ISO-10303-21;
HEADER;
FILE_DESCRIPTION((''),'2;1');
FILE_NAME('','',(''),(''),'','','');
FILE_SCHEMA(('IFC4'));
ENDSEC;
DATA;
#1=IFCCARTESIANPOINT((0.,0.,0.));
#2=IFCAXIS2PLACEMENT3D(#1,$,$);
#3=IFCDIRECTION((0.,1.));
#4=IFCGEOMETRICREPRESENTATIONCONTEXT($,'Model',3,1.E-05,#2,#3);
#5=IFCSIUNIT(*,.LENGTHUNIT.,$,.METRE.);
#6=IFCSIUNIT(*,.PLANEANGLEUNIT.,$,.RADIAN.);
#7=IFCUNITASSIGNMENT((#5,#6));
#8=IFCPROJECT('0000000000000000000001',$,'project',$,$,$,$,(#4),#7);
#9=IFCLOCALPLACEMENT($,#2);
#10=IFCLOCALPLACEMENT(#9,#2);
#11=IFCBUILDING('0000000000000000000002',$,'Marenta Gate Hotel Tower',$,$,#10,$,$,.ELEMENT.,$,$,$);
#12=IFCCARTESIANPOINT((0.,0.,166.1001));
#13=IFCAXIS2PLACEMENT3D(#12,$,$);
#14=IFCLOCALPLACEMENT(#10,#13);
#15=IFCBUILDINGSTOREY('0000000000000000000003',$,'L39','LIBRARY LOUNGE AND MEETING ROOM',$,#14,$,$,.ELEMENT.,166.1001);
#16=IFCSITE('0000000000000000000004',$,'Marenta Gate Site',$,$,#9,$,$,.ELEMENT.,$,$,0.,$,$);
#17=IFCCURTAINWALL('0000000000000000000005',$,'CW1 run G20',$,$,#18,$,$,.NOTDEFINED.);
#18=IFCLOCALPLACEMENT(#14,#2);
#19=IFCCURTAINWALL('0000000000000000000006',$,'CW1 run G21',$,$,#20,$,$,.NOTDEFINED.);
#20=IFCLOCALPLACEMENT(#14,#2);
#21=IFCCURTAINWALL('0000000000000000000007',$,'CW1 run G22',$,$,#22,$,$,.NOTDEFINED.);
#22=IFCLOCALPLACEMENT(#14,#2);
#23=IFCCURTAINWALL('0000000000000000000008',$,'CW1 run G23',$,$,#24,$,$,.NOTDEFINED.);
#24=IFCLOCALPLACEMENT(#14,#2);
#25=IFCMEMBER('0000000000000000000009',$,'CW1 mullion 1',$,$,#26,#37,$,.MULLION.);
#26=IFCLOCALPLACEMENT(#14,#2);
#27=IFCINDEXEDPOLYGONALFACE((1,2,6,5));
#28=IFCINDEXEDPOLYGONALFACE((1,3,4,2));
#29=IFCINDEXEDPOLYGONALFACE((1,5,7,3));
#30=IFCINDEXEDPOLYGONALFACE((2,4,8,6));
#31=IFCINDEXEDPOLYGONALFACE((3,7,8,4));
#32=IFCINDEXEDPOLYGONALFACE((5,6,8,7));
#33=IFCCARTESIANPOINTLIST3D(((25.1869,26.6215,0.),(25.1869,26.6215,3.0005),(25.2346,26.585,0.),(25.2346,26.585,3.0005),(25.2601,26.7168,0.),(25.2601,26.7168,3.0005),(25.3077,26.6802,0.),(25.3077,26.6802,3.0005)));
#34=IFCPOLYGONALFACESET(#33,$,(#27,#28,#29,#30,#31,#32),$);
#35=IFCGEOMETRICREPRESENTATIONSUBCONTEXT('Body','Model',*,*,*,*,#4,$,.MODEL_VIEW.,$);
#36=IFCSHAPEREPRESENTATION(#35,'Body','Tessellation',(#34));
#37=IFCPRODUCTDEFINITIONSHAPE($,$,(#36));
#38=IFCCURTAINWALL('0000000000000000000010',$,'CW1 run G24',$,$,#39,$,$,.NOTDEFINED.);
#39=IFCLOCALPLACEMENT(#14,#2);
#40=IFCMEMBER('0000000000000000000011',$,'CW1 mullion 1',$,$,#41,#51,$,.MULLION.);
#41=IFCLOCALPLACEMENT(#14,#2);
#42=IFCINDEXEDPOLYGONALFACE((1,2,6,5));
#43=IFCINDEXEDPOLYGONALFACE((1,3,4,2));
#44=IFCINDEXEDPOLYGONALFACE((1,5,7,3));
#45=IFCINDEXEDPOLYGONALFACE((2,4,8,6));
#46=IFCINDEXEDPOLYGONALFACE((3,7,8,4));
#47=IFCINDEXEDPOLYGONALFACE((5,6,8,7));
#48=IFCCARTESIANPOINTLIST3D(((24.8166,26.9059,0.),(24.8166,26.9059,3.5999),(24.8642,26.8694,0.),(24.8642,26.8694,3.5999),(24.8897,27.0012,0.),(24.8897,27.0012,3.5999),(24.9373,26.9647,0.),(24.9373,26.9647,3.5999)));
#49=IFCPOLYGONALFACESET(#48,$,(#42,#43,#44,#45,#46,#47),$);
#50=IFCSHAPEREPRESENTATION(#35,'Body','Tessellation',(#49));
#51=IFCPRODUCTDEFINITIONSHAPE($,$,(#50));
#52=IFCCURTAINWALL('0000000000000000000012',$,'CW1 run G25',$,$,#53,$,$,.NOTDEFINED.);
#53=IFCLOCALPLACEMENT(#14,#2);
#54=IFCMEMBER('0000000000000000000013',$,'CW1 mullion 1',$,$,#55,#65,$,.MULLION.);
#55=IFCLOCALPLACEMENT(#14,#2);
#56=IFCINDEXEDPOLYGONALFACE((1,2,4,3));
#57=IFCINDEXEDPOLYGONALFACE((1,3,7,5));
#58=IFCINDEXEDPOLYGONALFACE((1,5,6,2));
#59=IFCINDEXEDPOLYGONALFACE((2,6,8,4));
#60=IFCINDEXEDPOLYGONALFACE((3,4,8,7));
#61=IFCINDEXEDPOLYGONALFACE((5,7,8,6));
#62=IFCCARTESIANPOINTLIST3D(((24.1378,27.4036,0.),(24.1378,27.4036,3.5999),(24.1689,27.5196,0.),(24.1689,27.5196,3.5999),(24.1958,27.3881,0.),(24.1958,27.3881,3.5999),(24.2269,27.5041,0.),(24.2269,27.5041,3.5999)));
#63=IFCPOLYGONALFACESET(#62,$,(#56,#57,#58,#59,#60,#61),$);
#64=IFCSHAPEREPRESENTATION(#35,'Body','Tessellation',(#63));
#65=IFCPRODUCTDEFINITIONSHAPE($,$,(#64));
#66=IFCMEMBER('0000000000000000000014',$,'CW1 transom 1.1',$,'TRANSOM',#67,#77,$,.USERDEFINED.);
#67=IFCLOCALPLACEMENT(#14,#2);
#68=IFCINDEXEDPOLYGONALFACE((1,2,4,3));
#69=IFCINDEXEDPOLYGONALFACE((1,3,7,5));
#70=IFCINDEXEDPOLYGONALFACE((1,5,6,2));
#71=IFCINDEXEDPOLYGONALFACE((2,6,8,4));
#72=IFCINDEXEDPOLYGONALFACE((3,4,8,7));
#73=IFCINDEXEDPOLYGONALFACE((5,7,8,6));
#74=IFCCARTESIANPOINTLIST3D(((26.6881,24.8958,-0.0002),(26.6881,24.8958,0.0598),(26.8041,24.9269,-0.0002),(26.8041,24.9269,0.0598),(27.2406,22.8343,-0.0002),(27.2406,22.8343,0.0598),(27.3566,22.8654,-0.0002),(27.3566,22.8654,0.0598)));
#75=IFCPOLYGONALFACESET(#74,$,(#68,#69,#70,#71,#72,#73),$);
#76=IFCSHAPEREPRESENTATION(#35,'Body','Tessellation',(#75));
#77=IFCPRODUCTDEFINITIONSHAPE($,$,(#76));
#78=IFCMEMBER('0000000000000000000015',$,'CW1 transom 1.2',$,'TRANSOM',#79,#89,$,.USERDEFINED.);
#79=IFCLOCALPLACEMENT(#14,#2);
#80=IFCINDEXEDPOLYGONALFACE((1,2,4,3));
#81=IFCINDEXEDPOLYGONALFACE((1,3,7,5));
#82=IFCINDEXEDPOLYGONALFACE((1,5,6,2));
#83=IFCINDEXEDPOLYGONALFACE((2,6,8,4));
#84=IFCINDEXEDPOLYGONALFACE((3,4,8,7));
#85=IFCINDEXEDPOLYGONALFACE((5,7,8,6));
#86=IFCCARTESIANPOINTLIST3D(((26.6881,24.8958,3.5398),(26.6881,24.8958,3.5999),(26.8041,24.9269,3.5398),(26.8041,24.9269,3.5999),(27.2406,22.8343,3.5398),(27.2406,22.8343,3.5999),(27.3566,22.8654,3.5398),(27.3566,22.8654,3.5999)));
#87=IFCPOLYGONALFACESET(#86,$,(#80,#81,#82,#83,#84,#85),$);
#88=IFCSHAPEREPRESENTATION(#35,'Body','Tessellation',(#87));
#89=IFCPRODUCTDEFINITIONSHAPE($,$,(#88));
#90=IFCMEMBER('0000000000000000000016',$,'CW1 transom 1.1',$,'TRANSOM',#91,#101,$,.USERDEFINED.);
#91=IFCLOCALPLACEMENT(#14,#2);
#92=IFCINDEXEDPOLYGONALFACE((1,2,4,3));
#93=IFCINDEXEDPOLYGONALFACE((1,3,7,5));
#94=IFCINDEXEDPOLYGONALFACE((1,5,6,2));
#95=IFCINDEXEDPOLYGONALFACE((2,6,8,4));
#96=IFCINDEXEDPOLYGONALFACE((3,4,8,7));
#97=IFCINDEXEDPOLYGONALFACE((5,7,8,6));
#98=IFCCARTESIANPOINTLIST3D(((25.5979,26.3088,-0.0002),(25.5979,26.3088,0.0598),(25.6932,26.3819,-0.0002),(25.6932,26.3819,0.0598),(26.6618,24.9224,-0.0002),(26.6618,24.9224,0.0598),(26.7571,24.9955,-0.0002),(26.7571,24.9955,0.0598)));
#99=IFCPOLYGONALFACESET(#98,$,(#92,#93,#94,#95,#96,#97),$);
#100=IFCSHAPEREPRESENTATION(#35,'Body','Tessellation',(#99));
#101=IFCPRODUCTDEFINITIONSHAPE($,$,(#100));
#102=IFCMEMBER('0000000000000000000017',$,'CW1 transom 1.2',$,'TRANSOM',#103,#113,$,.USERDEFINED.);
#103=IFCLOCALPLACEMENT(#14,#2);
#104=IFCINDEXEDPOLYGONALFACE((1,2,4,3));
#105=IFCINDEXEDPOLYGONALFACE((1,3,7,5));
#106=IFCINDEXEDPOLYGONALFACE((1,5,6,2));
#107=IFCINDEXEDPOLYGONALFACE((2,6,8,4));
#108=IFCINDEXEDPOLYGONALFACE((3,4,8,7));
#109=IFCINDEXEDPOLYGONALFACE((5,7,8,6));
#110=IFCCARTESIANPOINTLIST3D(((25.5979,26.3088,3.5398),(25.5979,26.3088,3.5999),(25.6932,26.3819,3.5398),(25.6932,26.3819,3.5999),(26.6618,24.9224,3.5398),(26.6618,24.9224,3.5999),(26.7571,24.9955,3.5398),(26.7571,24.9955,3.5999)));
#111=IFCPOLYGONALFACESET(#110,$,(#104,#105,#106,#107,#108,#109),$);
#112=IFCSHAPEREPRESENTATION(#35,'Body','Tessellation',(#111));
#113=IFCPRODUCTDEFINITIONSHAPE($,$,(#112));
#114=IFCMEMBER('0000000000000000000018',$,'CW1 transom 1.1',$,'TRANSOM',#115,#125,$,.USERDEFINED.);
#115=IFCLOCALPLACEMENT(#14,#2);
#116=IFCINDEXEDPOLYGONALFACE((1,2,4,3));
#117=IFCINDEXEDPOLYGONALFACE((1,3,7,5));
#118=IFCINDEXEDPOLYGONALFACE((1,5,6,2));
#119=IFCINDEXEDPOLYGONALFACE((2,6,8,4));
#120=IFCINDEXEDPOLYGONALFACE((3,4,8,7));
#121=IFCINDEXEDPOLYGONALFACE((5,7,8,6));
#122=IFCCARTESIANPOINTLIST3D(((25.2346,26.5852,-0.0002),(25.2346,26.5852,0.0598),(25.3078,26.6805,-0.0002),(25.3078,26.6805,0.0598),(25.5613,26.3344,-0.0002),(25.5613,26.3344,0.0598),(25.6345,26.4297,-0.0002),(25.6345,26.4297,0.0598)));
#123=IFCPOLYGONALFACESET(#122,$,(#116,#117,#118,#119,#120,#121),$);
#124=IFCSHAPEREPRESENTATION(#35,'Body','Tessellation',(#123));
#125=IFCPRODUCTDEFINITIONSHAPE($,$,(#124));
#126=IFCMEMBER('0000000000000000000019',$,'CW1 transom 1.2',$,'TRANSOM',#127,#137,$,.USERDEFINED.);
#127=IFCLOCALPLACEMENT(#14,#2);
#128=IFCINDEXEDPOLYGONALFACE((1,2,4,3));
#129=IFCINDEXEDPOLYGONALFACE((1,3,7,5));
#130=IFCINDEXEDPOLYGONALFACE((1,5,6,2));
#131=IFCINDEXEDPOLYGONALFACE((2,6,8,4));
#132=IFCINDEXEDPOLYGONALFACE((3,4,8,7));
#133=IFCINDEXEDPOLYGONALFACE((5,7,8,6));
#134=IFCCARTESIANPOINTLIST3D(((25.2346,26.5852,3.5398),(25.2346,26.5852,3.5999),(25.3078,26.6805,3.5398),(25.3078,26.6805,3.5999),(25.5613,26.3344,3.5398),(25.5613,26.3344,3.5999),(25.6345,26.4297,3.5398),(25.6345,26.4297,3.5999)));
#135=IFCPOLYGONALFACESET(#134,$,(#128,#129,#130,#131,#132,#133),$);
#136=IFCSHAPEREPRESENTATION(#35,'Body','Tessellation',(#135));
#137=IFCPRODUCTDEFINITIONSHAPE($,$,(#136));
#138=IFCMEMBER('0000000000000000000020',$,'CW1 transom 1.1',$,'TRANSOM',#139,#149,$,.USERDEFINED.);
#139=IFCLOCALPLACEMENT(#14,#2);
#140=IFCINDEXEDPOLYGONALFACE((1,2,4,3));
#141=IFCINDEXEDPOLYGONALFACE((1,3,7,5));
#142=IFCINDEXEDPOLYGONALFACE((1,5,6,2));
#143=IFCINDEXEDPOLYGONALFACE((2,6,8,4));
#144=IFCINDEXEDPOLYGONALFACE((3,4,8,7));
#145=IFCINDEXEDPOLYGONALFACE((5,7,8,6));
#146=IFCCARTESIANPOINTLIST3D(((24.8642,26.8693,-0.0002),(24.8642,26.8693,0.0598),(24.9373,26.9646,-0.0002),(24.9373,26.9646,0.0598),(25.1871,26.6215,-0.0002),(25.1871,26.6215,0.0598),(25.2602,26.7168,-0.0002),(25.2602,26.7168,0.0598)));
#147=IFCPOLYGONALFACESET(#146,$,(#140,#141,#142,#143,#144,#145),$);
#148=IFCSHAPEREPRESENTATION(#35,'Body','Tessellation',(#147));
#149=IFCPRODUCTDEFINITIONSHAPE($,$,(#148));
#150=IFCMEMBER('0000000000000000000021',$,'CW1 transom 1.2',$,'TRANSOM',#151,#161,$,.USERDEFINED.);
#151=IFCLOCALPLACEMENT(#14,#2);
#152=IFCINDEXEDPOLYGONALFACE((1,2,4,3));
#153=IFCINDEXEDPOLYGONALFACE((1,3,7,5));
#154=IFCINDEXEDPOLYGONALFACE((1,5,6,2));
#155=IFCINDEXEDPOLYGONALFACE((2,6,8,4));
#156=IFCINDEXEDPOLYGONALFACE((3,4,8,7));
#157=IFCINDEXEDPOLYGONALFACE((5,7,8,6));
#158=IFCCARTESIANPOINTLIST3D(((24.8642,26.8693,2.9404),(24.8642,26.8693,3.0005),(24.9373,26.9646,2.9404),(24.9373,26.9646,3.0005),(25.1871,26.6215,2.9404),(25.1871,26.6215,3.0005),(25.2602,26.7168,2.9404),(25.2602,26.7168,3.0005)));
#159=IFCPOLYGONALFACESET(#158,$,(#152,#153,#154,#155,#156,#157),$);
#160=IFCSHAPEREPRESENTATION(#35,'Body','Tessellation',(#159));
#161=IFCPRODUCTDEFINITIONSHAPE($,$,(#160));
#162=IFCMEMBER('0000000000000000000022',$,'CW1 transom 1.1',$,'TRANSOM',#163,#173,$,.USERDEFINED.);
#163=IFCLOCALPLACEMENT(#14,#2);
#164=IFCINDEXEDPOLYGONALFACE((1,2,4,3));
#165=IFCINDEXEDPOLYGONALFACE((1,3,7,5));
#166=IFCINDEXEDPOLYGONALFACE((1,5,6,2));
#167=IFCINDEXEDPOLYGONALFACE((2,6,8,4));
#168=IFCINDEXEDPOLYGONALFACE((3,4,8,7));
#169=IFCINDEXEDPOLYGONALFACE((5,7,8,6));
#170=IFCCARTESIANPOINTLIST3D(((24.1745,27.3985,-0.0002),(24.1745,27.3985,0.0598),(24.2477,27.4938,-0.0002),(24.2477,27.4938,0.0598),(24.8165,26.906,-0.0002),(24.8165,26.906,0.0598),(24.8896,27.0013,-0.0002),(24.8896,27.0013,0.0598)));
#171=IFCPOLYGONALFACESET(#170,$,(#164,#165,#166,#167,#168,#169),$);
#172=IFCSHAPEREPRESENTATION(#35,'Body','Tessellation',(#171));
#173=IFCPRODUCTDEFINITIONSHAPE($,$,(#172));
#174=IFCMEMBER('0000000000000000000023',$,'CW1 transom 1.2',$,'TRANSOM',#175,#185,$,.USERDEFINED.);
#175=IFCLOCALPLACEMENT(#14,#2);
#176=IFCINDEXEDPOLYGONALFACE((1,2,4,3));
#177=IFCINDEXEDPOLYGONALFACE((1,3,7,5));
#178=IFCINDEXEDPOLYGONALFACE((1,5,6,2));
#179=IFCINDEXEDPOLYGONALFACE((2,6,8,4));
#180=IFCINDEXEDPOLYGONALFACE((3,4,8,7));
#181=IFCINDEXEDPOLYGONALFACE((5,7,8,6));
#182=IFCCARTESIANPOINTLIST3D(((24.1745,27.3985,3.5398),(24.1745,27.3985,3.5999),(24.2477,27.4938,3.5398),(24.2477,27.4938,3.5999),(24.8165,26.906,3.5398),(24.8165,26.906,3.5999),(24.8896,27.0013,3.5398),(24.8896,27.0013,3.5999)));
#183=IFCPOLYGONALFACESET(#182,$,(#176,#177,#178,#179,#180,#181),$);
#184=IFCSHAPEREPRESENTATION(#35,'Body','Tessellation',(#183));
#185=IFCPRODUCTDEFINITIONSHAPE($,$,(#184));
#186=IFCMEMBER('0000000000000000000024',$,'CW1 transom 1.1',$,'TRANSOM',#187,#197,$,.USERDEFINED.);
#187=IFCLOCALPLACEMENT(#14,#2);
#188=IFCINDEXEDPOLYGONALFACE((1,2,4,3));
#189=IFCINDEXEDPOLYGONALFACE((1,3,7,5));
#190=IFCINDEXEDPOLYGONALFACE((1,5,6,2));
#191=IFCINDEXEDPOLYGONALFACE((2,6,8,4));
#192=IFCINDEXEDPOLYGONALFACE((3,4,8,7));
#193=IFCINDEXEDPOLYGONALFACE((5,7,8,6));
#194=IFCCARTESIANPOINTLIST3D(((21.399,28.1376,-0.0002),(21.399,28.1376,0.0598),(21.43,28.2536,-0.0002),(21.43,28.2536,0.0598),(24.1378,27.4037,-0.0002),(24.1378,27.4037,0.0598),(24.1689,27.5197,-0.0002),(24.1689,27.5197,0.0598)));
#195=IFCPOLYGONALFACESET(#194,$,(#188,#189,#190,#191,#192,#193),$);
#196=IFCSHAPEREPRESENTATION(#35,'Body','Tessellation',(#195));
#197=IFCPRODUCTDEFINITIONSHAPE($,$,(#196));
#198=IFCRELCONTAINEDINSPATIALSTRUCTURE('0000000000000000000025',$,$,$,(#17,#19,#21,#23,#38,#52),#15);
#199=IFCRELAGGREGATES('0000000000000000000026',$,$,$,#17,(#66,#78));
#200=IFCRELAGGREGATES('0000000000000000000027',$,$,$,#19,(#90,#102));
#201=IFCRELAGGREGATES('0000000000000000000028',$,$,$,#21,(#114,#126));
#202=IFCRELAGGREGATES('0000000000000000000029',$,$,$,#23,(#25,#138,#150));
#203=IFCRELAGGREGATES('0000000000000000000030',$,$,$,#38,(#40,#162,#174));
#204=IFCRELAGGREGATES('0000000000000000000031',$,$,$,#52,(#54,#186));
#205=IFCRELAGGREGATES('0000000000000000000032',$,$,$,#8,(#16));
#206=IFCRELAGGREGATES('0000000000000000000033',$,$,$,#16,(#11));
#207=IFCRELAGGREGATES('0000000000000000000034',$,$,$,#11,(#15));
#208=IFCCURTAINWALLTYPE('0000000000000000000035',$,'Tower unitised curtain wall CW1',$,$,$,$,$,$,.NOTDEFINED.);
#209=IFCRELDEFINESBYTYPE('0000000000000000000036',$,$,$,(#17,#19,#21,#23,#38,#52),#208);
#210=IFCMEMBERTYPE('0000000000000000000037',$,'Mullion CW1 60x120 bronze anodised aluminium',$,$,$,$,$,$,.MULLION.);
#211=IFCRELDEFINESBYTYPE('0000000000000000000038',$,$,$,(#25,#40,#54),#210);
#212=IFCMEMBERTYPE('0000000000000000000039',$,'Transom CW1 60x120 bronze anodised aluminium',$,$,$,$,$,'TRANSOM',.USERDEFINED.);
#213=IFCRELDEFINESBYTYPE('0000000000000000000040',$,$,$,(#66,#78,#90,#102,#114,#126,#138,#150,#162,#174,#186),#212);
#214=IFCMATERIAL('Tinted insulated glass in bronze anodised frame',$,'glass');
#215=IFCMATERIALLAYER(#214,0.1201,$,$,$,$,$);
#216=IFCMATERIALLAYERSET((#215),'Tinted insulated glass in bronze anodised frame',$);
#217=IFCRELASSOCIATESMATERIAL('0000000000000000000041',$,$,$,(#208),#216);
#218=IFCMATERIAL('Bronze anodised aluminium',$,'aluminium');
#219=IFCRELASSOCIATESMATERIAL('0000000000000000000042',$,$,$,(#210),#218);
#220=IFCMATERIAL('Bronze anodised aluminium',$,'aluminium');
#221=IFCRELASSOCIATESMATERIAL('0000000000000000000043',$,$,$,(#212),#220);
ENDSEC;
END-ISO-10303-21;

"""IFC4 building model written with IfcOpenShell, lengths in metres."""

from ifc_helpers import new_model, si_unit, direction, frame, origin, origin_2d, place, context, subcontext, project, spatial, rectangle, extrude, material, layer, layer_set, material_profile, profile_set, type_object, element, aggregate, save


model = new_model("IFC4")

# Units and contexts
model_context = context("Model", 3, precision=1e-05, world=origin(), true_north=direction((0.0, 1.0)))
body_context = subcontext(model_context, "Body", "Model", "MODEL_VIEW")
ifc_project = project(units=[si_unit("LENGTHUNIT", "METRE"), si_unit("PLANEANGLEUNIT", "RADIAN")], contexts=[model_context])

# Site, building, storey
site_placement = place(None, origin())
site = spatial("IfcSite", under=ifc_project, at=site_placement, Name="Marenta Gate Site", CompositionType="ELEMENT", RefElevation=0.0)
building_placement = place(site_placement, origin())
building = spatial("IfcBuilding", under=site, at=building_placement, Name="Marenta Gate Hotel Tower", CompositionType="ELEMENT")
storey_placement = place(building_placement, frame((0.0, 0.0, 166.1001)))
storey = spatial("IfcBuildingStorey", under=building, at=storey_placement, Name="L39", Description="LIBRARY LOUNGE AND MEETING ROOM", CompositionType="ELEMENT", Elevation=166.1001)

# Curtain walls, members
ifc_material_1 = material(Name="Tinted insulated glass in bronze anodised frame", Category="glass")
ifc_layer_1 = layer(ifc_material_1, 0.1201)
ifc_layer_set_1 = layer_set([ifc_layer_1], Name="Tinted insulated glass in bronze anodised frame")
curtain_wall_type = type_object("IfcCurtainWallType", Name="Tower unitised curtain wall CW1", PredefinedType="NOTDEFINED", material=ifc_layer_set_1)
curtain_wall_1_placement = place(storey_placement, origin())
curtain_wall_1 = element("IfcCurtainWall", 1, at=curtain_wall_1_placement, inside=storey, type_object=curtain_wall_type, Name="CW1 run G20", PredefinedType="NOTDEFINED")
ifc_material_2 = material(Name="Bronze anodised aluminium", Category="aluminium")
ifc_material_profile_1 = material_profile(ifc_material_2, rectangle(XDim=0.1201, YDim=0.0601, at=origin_2d()), Name="Mullion CW1 60x120 bronze anodised aluminium")
ifc_profile_set_1 = profile_set([ifc_material_profile_1], Name="Bronze anodised aluminium")
member_type_1 = type_object("IfcMemberType", Name="Mullion CW1 60x120 bronze anodised aluminium", PredefinedType="MULLION", material=ifc_profile_set_1)
curtain_wall_2_placement = place(storey_placement, origin())
curtain_wall_2 = element("IfcCurtainWall", 2, at=curtain_wall_2_placement, inside=storey, type_object=curtain_wall_type, Name="CW1 run G21", PredefinedType="NOTDEFINED")
curtain_wall_3_placement = place(storey_placement, origin())
curtain_wall_3 = element("IfcCurtainWall", 3, at=curtain_wall_3_placement, inside=storey, type_object=curtain_wall_type, Name="CW1 run G22", PredefinedType="NOTDEFINED")
curtain_wall_4_placement = place(storey_placement, origin())
curtain_wall_4 = element("IfcCurtainWall", 4, at=curtain_wall_4_placement, inside=storey, type_object=curtain_wall_type, Name="CW1 run G23", PredefinedType="NOTDEFINED")
member_1_placement = place(storey_placement, frame((25.2473, 26.6509, 0.0), z_axis=(0.0, 0.0, 1.0), x_axis=(-0.608769, -0.793348, 0.0)))
member_1 = element("IfcMember", 5, at=member_1_placement, type_object=member_type_1, Name="CW1 mullion 1", PredefinedType="MULLION", context=body_context, shape_type="SweptSolid", body=[
    extrude(rectangle(XDim=0.1201, YDim=0.0601, at=origin_2d()), origin(), (0.0, 0.0, 1.0), 3.0005),
])
curtain_wall_5_placement = place(storey_placement, origin())
curtain_wall_5 = element("IfcCurtainWall", 6, at=curtain_wall_5_placement, inside=storey, type_object=curtain_wall_type, Name="CW1 run G24", PredefinedType="NOTDEFINED")
member_2_placement = place(storey_placement, frame((24.877, 26.9353, 0.0), z_axis=(0.0, 0.0, 1.0), x_axis=(-0.608837, -0.793295, 0.0)))
member_2 = element("IfcMember", 7, at=member_2_placement, type_object=member_type_1, Name="CW1 mullion 1", PredefinedType="MULLION", context=body_context, shape_type="SweptSolid", body=[
    extrude(rectangle(XDim=0.1201, YDim=0.0601, at=origin_2d()), origin(), (0.0, 0.0, 1.0), 3.5999),
])
curtain_wall_6_placement = place(storey_placement, origin())
curtain_wall_6 = element("IfcCurtainWall", 8, at=curtain_wall_6_placement, inside=storey, type_object=curtain_wall_type, Name="CW1 run G25", PredefinedType="NOTDEFINED")
member_3_placement = place(storey_placement, frame((24.1824, 27.4539, 0.0), z_axis=(0.0, 0.0, 1.0), x_axis=(-0.258806, -0.965929, 0.0)))
member_3 = element("IfcMember", 9, at=member_3_placement, type_object=member_type_1, Name="CW1 mullion 1", PredefinedType="MULLION", context=body_context, shape_type="SweptSolid", body=[
    extrude(rectangle(XDim=0.1201, YDim=0.0601, at=origin_2d()), origin(), (0.0, 0.0, 1.0), 3.5999),
])

# Members
ifc_material_3 = material(Name="Bronze anodised aluminium", Category="aluminium")
ifc_material_profile_2 = material_profile(ifc_material_3, rectangle(XDim=0.1201, YDim=0.0601, at=origin_2d()), Name="Transom CW1 60x120 bronze anodised aluminium")
ifc_profile_set_2 = profile_set([ifc_material_profile_2], Name="Bronze anodised aluminium")
member_type_2 = type_object("IfcMemberType", Name="Transom CW1 60x120 bronze anodised aluminium", ElementType="TRANSOM", PredefinedType="USERDEFINED", material=ifc_profile_set_2)
member_4_placement = place(storey_placement, frame((27.2986, 22.8499, 0.0298), z_axis=(-0.258866, 0.965913, 0.0), x_axis=(-0.965913, -0.258866, 0.0)))
member_4 = element("IfcMember", 10, at=member_4_placement, type_object=member_type_2, Name="CW1 transom 1.1", ObjectType="TRANSOM", PredefinedType="USERDEFINED", context=body_context, shape_type="SweptSolid", body=[
    extrude(rectangle(XDim=0.1201, YDim=0.0601, at=origin_2d()), origin(), (0.0, 0.0, 1.0), 2.1343),
])
member_5_placement = place(storey_placement, frame((27.2986, 22.8499, 3.5698), z_axis=(-0.258866, 0.965913, 0.0), x_axis=(-0.965913, -0.258866, 0.0)))
member_5 = element("IfcMember", 11, at=member_5_placement, type_object=member_type_2, Name="CW1 transom 1.2", ObjectType="TRANSOM", PredefinedType="USERDEFINED", context=body_context, shape_type="SweptSolid", body=[
    extrude(rectangle(XDim=0.1201, YDim=0.0601, at=origin_2d()), origin(), (0.0, 0.0, 1.0), 2.1343),
])
member_6_placement = place(storey_placement, frame((26.7095, 24.959, 0.0298), z_axis=(-0.608792, 0.79333, 0.0), x_axis=(-0.79333, -0.608792, 0.0)))
member_6 = element("IfcMember", 12, at=member_6_placement, type_object=member_type_2, Name="CW1 transom 1.1", ObjectType="TRANSOM", PredefinedType="USERDEFINED", context=body_context, shape_type="SweptSolid", body=[
    extrude(rectangle(XDim=0.1201, YDim=0.0601, at=origin_2d()), origin(), (0.0, 0.0, 1.0), 1.7476),
])
member_7_placement = place(storey_placement, frame((26.7095, 24.959, 3.5698), z_axis=(-0.608792, 0.79333, 0.0), x_axis=(-0.79333, -0.608792, 0.0)))
member_7 = element("IfcMember", 13, at=member_7_placement, type_object=member_type_2, Name="CW1 transom 1.2", ObjectType="TRANSOM", PredefinedType="USERDEFINED", context=body_context, shape_type="SweptSolid", body=[
    extrude(rectangle(XDim=0.1201, YDim=0.0601, at=origin_2d()), origin(), (0.0, 0.0, 1.0), 1.7476),
])
member_8_placement = place(storey_placement, frame((25.5979, 26.3821, 0.0298), z_axis=(-0.793263, 0.60888, 0.0), x_axis=(-0.60888, -0.793263, 0.0)))
member_8 = element("IfcMember", 14, at=member_8_placement, type_object=member_type_2, Name="CW1 transom 1.1", ObjectType="TRANSOM", PredefinedType="USERDEFINED", context=body_context, shape_type="SweptSolid", body=[
    extrude(rectangle(XDim=0.1201, YDim=0.0601, at=origin_2d()), origin(), (0.0, 0.0, 1.0), 0.4119),
])
member_9_placement = place(storey_placement, frame((25.5979, 26.3821, 3.5698), z_axis=(-0.793263, 0.60888, 0.0), x_axis=(-0.60888, -0.793263, 0.0)))
member_9 = element("IfcMember", 15, at=member_9_placement, type_object=member_type_2, Name="CW1 transom 1.2", ObjectType="TRANSOM", PredefinedType="USERDEFINED", context=body_context, shape_type="SweptSolid", body=[
    extrude(rectangle(XDim=0.1201, YDim=0.0601, at=origin_2d()), origin(), (0.0, 0.0, 1.0), 0.4119),
])
member_10_placement = place(storey_placement, frame((25.2236, 26.6692, 0.0298), z_axis=(-0.793404, 0.608696, 0.0), x_axis=(-0.608696, -0.793404, 0.0)))
member_10 = element("IfcMember", 16, at=member_10_placement, type_object=member_type_2, Name="CW1 transom 1.1", ObjectType="TRANSOM", PredefinedType="USERDEFINED", context=body_context, shape_type="SweptSolid", body=[
    extrude(rectangle(XDim=0.1201, YDim=0.0601, at=origin_2d()), origin(), (0.0, 0.0, 1.0), 0.407),
])
member_11_placement = place(storey_placement, frame((25.2236, 26.6692, 2.9705), z_axis=(-0.793404, 0.608696, 0.0), x_axis=(-0.608696, -0.793404, 0.0)))
member_11 = element("IfcMember", 17, at=member_11_placement, type_object=member_type_2, Name="CW1 transom 1.2", ObjectType="TRANSOM", PredefinedType="USERDEFINED", context=body_context, shape_type="SweptSolid", body=[
    extrude(rectangle(XDim=0.1201, YDim=0.0601, at=origin_2d()), origin(), (0.0, 0.0, 1.0), 0.407),
])
member_12_placement = place(storey_placement, frame((24.853, 26.9536, 0.0298), z_axis=(-0.793397, 0.608704, 0.0), x_axis=(-0.608704, -0.793397, 0.0)))
member_12 = element("IfcMember", 18, at=member_12_placement, type_object=member_type_2, Name="CW1 transom 1.1", ObjectType="TRANSOM", PredefinedType="USERDEFINED", context=body_context, shape_type="SweptSolid", body=[
    extrude(rectangle(XDim=0.1201, YDim=0.0601, at=origin_2d()), origin(), (0.0, 0.0, 1.0), 0.8091),
])
member_13_placement = place(storey_placement, frame((24.853, 26.9536, 3.5698), z_axis=(-0.793397, 0.608704, 0.0), x_axis=(-0.608704, -0.793397, 0.0)))
member_13 = element("IfcMember", 19, at=member_13_placement, type_object=member_type_2, Name="CW1 transom 1.2", ObjectType="TRANSOM", PredefinedType="USERDEFINED", context=body_context, shape_type="SweptSolid", body=[
    extrude(rectangle(XDim=0.1201, YDim=0.0601, at=origin_2d()), origin(), (0.0, 0.0, 1.0), 0.8091),
])
member_14_placement = place(storey_placement, frame((24.1533, 27.4617, 0.0298), z_axis=(-0.965923, 0.258831, 0.0), x_axis=(-0.258831, -0.965923, 0.0)))
member_14 = element("IfcMember", 20, at=member_14_placement, type_object=member_type_2, Name="CW1 transom 1.1", ObjectType="TRANSOM", PredefinedType="USERDEFINED", context=body_context, shape_type="SweptSolid", body=[
    extrude(rectangle(XDim=0.1201, YDim=0.0601, at=origin_2d()), origin(), (0.0, 0.0, 1.0), 2.8354),
])

aggregate(curtain_wall_1, [member_4, member_5])
aggregate(curtain_wall_2, [member_6, member_7])
aggregate(curtain_wall_3, [member_8, member_9])
aggregate(curtain_wall_4, [member_1, member_10, member_11])
aggregate(curtain_wall_5, [member_2, member_12, member_13])
aggregate(curtain_wall_6, [member_3, member_14])

save(model, "model.ifc")
